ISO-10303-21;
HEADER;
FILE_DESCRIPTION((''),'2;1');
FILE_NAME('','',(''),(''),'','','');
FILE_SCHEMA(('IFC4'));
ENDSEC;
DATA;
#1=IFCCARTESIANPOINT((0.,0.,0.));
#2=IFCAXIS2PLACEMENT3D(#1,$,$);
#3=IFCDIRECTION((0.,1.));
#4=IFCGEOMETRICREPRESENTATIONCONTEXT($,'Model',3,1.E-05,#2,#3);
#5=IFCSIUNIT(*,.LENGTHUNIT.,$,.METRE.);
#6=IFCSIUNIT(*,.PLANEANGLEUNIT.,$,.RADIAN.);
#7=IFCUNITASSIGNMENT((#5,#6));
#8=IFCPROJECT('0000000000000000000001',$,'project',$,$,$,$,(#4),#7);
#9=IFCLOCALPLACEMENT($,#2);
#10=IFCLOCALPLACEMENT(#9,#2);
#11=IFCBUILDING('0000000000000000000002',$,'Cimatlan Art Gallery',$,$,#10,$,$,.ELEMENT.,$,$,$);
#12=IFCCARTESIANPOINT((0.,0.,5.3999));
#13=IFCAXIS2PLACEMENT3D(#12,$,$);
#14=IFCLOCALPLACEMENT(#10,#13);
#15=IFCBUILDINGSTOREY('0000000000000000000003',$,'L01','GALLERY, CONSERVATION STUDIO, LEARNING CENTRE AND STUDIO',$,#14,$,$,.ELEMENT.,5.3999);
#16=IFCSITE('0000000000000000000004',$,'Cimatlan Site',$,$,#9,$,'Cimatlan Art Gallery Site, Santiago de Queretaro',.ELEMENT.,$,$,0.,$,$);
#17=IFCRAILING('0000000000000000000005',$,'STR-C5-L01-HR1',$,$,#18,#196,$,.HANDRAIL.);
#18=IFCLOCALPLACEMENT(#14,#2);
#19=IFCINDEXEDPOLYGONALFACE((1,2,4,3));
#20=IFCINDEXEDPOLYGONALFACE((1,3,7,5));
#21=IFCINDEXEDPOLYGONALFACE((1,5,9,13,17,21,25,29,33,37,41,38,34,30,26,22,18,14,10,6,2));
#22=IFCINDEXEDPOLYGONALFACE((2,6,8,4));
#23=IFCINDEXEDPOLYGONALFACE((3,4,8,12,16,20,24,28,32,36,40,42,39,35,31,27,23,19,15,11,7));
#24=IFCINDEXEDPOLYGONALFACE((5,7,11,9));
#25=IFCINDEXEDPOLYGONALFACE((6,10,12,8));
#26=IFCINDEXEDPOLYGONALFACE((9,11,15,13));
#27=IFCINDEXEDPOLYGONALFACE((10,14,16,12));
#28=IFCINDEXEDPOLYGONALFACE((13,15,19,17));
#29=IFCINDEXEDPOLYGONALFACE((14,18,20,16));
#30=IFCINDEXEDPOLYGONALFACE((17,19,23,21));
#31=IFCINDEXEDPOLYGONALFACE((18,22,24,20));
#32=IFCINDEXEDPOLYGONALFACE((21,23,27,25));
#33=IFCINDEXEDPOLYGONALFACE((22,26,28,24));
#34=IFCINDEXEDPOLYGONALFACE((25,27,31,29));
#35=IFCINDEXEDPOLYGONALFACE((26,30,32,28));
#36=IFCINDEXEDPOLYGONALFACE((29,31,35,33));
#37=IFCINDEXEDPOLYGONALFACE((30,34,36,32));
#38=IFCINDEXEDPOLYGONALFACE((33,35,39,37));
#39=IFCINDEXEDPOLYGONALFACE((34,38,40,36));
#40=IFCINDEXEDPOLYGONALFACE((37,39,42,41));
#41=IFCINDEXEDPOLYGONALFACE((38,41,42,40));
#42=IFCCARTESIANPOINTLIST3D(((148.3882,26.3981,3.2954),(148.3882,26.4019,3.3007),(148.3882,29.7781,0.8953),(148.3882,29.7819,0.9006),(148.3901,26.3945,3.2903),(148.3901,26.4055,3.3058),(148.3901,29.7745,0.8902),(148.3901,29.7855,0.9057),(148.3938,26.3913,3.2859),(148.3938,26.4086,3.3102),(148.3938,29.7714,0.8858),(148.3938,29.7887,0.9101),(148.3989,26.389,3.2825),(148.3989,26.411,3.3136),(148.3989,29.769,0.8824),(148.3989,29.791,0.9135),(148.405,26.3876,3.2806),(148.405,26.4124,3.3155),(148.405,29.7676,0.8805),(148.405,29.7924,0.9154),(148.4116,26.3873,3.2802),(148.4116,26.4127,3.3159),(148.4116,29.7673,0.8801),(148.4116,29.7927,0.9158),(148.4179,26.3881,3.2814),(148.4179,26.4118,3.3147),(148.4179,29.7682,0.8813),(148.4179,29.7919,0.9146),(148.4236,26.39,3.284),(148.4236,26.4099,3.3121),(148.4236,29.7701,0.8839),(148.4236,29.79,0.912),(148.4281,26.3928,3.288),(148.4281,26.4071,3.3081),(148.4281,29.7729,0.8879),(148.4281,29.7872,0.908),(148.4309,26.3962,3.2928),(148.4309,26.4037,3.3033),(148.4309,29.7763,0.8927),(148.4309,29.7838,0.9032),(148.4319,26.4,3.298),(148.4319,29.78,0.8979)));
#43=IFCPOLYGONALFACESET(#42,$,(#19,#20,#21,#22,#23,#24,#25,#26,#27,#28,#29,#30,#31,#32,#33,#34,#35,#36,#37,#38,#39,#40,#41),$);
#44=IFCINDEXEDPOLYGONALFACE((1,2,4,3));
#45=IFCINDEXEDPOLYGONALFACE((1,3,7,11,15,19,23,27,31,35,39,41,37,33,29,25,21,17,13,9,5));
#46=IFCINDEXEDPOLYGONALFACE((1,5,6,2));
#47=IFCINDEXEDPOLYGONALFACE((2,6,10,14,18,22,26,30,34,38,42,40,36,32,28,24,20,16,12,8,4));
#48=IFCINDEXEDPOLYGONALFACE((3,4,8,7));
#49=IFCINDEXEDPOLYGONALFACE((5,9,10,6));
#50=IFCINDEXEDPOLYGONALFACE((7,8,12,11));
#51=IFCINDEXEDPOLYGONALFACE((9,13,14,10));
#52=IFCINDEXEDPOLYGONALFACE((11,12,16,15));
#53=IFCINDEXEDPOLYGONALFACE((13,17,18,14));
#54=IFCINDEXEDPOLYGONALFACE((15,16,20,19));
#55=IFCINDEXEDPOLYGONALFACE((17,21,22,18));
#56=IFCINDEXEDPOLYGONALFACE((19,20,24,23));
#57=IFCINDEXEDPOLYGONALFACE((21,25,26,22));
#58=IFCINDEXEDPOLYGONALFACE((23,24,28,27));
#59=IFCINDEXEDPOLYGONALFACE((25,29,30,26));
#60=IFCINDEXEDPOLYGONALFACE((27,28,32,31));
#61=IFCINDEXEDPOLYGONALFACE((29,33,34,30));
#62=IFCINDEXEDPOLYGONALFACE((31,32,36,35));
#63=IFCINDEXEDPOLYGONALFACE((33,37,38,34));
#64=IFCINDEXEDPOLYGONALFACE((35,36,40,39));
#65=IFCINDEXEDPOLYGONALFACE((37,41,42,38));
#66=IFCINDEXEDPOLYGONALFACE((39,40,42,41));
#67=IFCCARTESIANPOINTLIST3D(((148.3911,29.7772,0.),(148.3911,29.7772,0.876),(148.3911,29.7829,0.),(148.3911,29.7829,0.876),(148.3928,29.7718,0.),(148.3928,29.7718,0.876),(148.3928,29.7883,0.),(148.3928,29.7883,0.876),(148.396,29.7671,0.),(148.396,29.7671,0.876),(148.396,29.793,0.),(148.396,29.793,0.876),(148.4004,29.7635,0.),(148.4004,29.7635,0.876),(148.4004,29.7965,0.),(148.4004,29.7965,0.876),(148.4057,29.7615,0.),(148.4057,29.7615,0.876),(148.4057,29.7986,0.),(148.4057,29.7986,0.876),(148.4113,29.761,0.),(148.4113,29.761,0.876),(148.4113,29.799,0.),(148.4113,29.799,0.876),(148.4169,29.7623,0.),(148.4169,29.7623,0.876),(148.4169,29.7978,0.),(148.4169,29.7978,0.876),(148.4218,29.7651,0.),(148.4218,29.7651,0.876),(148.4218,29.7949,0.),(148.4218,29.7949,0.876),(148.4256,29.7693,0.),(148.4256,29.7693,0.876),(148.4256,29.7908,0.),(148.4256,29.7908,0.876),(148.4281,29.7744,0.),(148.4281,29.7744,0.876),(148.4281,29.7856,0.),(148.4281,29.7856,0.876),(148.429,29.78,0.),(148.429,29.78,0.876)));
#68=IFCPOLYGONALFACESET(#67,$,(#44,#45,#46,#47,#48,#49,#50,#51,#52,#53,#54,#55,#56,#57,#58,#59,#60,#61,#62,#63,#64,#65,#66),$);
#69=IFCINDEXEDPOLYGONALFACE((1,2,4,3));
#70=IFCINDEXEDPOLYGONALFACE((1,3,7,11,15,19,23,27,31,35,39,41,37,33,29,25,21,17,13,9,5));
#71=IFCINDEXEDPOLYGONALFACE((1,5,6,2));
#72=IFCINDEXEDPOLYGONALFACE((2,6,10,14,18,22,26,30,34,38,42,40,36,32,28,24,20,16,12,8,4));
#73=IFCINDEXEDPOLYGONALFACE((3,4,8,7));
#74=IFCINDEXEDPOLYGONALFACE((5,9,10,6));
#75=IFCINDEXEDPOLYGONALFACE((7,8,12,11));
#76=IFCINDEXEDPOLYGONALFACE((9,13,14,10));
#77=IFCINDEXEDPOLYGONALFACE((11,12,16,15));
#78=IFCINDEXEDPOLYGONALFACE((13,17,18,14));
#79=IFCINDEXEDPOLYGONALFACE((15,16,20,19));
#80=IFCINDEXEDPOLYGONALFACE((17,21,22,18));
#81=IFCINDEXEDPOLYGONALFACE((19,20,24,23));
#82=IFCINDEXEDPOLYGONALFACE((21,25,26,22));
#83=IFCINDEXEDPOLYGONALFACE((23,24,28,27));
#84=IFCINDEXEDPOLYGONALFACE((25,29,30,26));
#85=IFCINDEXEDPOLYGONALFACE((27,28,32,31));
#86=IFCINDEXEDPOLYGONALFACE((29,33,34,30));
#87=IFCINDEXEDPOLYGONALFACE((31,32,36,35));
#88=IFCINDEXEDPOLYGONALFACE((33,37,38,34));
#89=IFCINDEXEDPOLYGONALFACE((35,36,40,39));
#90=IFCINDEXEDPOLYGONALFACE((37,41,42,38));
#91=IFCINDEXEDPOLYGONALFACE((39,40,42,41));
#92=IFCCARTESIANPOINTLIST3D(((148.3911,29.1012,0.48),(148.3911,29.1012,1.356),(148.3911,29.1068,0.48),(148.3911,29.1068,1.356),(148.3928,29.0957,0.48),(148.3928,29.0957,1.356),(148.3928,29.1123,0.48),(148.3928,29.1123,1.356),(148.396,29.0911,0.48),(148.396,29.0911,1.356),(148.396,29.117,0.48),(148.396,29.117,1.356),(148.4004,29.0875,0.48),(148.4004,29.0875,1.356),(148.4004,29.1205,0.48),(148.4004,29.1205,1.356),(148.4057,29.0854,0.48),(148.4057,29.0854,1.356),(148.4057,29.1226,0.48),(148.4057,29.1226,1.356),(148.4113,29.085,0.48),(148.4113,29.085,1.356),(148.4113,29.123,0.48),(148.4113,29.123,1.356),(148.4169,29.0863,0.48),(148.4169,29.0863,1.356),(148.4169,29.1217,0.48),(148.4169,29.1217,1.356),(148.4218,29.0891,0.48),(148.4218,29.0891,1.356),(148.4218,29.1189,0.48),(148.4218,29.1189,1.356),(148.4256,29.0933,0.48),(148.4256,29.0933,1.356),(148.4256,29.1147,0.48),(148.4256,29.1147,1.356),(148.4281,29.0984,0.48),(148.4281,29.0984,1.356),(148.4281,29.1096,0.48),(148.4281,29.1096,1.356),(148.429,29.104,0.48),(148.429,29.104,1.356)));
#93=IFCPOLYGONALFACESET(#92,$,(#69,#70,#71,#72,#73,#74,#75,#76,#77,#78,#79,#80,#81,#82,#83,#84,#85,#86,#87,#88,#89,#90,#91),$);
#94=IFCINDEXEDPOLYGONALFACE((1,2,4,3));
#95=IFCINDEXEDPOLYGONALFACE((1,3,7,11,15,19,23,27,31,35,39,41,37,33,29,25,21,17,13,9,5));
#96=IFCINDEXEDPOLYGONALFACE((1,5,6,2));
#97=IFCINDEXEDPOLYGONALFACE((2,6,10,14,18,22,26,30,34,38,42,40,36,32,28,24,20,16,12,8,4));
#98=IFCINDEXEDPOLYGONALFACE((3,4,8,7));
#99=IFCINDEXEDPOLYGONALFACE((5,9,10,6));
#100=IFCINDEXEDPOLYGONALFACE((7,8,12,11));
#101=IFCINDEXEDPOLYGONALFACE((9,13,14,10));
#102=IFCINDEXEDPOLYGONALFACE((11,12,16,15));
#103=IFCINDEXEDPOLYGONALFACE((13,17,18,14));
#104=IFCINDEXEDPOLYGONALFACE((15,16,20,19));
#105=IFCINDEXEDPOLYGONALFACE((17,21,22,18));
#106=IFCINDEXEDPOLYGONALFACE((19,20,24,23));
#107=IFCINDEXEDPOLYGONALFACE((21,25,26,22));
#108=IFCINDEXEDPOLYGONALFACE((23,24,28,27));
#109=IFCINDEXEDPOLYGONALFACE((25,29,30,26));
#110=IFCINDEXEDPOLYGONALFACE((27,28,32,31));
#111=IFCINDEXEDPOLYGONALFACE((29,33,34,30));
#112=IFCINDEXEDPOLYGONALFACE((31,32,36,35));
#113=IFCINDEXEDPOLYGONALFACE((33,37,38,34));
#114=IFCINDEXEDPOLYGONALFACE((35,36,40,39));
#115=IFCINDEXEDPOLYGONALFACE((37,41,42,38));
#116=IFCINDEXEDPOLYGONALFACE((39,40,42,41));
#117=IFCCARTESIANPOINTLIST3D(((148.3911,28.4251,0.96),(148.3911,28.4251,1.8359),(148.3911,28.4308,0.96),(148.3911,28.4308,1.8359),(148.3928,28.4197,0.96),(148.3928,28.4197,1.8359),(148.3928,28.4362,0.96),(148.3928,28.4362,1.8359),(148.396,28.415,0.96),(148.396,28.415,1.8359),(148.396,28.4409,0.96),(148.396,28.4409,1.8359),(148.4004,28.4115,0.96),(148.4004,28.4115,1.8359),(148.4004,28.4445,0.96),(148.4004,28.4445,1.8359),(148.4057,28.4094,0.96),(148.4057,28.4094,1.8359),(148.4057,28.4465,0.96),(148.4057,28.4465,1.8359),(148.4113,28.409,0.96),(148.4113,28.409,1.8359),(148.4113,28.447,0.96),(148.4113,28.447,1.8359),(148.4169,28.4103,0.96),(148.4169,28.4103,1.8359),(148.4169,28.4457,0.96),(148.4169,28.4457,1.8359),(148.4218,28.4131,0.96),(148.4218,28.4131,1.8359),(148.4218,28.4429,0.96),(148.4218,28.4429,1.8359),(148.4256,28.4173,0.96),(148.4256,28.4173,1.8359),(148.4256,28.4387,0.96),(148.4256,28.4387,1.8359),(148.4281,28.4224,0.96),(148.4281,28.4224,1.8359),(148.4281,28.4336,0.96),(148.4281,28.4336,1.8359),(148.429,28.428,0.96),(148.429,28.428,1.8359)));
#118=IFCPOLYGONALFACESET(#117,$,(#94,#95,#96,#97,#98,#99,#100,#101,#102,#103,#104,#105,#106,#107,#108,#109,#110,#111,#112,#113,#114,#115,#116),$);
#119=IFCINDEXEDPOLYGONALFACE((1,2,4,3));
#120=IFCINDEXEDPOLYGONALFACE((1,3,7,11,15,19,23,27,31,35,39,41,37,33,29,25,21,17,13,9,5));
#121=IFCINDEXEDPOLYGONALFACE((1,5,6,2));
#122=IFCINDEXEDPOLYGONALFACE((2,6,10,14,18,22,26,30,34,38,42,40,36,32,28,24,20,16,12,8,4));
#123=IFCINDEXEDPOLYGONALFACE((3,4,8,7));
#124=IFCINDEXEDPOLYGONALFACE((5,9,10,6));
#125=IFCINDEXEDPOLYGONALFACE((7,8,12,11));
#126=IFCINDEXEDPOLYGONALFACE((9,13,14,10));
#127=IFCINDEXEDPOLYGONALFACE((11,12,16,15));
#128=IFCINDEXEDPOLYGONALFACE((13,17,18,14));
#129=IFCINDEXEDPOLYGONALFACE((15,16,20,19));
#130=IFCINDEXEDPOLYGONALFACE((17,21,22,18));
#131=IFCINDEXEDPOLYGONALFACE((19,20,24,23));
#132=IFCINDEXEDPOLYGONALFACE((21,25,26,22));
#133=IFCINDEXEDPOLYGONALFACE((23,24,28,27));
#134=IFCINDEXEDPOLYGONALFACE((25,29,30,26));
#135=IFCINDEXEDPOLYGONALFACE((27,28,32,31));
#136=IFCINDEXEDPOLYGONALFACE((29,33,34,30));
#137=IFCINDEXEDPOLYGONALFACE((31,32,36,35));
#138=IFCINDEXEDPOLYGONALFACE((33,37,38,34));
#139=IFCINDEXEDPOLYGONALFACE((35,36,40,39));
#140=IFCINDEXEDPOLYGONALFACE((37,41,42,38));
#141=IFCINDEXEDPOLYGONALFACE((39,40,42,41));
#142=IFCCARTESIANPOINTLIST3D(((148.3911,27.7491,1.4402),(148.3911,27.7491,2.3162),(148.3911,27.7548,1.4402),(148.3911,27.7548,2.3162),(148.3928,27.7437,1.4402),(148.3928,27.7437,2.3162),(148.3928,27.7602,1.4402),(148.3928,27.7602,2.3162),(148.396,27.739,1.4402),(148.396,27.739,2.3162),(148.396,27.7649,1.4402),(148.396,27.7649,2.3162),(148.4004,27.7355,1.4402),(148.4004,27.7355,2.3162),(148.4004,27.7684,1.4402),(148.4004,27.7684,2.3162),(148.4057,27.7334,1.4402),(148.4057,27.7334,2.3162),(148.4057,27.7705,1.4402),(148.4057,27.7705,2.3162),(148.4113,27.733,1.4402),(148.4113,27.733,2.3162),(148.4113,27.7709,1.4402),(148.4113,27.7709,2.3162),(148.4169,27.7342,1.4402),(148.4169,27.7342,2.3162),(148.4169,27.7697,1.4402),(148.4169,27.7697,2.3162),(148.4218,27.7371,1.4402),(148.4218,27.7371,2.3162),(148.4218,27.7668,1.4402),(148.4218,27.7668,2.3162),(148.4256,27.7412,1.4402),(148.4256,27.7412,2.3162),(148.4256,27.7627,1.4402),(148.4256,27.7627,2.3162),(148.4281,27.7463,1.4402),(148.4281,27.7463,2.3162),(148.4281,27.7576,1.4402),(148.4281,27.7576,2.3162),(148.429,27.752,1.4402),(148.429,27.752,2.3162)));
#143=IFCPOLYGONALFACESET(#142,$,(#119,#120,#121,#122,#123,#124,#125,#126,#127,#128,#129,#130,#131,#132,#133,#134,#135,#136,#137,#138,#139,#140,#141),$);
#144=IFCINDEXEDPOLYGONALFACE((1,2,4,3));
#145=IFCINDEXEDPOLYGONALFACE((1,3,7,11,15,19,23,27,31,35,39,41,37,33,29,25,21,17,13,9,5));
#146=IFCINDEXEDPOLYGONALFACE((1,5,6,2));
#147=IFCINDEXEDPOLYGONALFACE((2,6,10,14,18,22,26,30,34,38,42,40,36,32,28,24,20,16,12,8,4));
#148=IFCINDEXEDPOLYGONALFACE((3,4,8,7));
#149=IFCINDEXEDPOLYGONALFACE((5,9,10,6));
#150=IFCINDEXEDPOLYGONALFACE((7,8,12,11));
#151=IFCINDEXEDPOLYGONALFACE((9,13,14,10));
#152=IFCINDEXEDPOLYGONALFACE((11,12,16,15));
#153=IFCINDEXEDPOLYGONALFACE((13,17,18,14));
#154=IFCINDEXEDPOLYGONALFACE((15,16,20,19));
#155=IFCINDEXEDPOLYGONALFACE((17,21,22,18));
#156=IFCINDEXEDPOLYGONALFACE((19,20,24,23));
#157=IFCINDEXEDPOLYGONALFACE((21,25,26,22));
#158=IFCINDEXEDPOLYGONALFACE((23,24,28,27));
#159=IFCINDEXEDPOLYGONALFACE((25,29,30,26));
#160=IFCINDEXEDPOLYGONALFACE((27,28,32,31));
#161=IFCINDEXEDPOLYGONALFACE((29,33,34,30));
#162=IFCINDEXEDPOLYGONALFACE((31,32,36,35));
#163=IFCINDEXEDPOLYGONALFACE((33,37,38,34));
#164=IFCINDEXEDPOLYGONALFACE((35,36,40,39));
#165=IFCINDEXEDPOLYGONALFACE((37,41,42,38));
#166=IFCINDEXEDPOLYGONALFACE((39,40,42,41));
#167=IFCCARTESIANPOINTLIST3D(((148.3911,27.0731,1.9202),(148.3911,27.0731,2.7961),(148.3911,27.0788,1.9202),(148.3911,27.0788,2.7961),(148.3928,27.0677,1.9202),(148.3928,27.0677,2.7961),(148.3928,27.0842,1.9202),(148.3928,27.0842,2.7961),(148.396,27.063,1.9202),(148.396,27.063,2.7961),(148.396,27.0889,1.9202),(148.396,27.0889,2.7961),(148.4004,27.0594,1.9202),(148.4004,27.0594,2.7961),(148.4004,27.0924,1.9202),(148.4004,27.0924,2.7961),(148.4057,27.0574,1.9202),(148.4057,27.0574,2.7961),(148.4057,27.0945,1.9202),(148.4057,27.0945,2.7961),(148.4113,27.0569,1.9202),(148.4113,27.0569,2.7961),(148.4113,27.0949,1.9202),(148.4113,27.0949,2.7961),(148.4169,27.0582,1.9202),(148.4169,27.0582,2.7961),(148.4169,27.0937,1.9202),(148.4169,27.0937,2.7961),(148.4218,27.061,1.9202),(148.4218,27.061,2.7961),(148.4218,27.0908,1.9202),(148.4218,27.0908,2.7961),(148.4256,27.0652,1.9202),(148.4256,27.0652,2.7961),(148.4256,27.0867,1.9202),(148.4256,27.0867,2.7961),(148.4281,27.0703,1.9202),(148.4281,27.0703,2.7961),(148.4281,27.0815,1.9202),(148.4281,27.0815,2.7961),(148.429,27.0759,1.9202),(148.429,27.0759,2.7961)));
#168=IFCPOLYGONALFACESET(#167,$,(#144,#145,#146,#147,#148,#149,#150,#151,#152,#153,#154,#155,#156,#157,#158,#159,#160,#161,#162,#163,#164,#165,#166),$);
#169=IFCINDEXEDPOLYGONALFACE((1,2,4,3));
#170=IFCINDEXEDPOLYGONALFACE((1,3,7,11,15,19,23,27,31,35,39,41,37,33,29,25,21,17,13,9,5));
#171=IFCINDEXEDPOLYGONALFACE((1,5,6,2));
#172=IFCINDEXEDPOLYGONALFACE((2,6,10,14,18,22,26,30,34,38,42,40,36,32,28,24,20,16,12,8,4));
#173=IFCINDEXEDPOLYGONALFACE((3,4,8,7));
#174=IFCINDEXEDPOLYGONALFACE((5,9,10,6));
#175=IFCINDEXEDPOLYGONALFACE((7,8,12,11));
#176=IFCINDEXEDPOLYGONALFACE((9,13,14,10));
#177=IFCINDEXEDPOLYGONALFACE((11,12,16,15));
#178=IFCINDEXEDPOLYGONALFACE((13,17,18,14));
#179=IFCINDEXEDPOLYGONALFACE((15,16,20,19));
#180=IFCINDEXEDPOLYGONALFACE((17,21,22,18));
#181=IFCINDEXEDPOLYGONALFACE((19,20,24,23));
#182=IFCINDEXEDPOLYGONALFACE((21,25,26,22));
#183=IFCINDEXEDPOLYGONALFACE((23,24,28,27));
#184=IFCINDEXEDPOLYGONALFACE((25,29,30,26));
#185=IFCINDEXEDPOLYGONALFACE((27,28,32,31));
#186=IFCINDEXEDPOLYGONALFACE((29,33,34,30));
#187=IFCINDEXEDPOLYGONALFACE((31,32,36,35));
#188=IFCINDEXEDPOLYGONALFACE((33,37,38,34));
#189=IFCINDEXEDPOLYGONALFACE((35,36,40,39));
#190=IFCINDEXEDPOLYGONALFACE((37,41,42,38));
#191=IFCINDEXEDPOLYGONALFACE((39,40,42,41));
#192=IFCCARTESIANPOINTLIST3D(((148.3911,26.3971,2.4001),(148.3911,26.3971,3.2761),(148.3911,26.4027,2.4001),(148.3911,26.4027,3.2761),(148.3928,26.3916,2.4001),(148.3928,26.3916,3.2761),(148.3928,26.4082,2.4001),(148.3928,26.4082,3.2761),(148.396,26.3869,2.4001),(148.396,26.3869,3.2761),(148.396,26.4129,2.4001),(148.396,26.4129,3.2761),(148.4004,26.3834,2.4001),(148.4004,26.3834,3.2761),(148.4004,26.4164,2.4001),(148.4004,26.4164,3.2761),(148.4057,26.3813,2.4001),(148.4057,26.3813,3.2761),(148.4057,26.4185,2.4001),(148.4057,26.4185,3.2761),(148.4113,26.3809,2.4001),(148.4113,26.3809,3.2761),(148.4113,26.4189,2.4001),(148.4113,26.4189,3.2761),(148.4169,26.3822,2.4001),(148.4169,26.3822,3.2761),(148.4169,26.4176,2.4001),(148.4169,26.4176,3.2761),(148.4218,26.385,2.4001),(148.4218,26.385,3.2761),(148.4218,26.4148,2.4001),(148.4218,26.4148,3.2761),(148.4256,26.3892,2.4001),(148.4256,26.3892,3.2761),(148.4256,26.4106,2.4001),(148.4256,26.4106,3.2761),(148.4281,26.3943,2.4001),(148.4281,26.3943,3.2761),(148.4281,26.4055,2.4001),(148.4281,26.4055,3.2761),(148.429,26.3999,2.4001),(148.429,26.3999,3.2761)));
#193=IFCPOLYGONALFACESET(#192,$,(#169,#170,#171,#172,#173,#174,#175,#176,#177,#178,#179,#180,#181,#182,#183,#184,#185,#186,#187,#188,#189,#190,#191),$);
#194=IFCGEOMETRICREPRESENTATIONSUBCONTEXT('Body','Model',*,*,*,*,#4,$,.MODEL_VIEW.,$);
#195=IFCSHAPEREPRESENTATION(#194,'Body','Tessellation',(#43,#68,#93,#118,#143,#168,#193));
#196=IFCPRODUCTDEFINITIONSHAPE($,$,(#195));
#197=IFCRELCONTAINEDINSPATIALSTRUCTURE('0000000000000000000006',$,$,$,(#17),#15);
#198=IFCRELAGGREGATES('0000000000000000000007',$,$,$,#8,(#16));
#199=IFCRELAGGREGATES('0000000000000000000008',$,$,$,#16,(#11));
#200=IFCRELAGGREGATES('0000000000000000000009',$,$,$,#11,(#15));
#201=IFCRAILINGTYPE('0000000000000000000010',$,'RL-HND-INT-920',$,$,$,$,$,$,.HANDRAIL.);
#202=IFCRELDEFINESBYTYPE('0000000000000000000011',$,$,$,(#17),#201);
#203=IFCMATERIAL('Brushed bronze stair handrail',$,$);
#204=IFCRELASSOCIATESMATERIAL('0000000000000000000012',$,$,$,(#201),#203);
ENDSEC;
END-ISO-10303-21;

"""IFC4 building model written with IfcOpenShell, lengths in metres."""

from ifc_helpers import new_model, si_unit, direction, frame, origin, origin_2d, place, context, subcontext, project, spatial, circle, extrude, material, type_object, element, save


model = new_model("IFC4")

# Units and contexts
model_context = context("Model", 3, precision=1e-05, world=origin(), true_north=direction((0.0, 1.0)))
body_context = subcontext(model_context, "Body", "Model", "MODEL_VIEW")
ifc_project = project(units=[si_unit("LENGTHUNIT", "METRE"), si_unit("PLANEANGLEUNIT", "RADIAN")], contexts=[model_context])

# Site, building, storey
site_placement = place(None, origin())
site = spatial("IfcSite", under=ifc_project, at=site_placement, Name="Cimatlan Site", LongName="Cimatlan Art Gallery Site, Santiago de Queretaro", CompositionType="ELEMENT", RefElevation=0.0)
building_placement = place(site_placement, origin())
building = spatial("IfcBuilding", under=site, at=building_placement, Name="Cimatlan Art Gallery", CompositionType="ELEMENT")
storey_placement = place(building_placement, frame((0.0, 0.0, 5.3999)))
storey = spatial("IfcBuildingStorey", under=building, at=storey_placement, Name="L01", Description="GALLERY, CONSERVATION STUDIO, LEARNING CENTRE AND STUDIO", CompositionType="ELEMENT", Elevation=5.3999)

# Railing
ifc_material_1 = material(Name="Brushed bronze stair handrail")
railing_type_1 = type_object("IfcRailingType", Name="RL-HND-INT-920", PredefinedType="HANDRAIL", material=ifc_material_1)
railing_1_placement = place(storey_placement, frame((148.4099, 29.78, 0.0)))
element("IfcRailing", 1, at=railing_1_placement, inside=storey, type_object=railing_type_1, Name="STR-C5-L01-HR1", PredefinedType="HANDRAIL", context=body_context, shape_type="SweptSolid", body=[
    extrude(circle(Radius=0.022, at=origin_2d()), frame((0.0, 0.0, 0.8979), z_axis=(0.0, -0.815354, 0.578963), x_axis=(1.0, 0.0, 0.0)), (0.0, 0.0, 1.0), 4.1455),
    extrude(circle(Radius=0.019, at=origin_2d()), origin(), (0.0, 0.0, 1.0), 0.876),
    extrude(circle(Radius=0.019, at=origin_2d()), frame((0.0, -0.676, 0.48)), (0.0, 0.0, 1.0), 0.876),
    extrude(circle(Radius=0.019, at=origin_2d()), frame((0.0, -1.3521, 0.96)), (0.0, 0.0, 1.0), 0.876),
    extrude(circle(Radius=0.019, at=origin_2d()), frame((0.0, -2.0281, 1.4402)), (0.0, 0.0, 1.0), 0.876),
    extrude(circle(Radius=0.019, at=origin_2d()), frame((0.0, -2.7041, 1.9202)), (0.0, 0.0, 1.0), 0.876),
    extrude(circle(Radius=0.019, at=origin_2d()), frame((0.0, -3.3801, 2.4001)), (0.0, 0.0, 1.0), 0.876),
])

save(model, "model.ifc")
